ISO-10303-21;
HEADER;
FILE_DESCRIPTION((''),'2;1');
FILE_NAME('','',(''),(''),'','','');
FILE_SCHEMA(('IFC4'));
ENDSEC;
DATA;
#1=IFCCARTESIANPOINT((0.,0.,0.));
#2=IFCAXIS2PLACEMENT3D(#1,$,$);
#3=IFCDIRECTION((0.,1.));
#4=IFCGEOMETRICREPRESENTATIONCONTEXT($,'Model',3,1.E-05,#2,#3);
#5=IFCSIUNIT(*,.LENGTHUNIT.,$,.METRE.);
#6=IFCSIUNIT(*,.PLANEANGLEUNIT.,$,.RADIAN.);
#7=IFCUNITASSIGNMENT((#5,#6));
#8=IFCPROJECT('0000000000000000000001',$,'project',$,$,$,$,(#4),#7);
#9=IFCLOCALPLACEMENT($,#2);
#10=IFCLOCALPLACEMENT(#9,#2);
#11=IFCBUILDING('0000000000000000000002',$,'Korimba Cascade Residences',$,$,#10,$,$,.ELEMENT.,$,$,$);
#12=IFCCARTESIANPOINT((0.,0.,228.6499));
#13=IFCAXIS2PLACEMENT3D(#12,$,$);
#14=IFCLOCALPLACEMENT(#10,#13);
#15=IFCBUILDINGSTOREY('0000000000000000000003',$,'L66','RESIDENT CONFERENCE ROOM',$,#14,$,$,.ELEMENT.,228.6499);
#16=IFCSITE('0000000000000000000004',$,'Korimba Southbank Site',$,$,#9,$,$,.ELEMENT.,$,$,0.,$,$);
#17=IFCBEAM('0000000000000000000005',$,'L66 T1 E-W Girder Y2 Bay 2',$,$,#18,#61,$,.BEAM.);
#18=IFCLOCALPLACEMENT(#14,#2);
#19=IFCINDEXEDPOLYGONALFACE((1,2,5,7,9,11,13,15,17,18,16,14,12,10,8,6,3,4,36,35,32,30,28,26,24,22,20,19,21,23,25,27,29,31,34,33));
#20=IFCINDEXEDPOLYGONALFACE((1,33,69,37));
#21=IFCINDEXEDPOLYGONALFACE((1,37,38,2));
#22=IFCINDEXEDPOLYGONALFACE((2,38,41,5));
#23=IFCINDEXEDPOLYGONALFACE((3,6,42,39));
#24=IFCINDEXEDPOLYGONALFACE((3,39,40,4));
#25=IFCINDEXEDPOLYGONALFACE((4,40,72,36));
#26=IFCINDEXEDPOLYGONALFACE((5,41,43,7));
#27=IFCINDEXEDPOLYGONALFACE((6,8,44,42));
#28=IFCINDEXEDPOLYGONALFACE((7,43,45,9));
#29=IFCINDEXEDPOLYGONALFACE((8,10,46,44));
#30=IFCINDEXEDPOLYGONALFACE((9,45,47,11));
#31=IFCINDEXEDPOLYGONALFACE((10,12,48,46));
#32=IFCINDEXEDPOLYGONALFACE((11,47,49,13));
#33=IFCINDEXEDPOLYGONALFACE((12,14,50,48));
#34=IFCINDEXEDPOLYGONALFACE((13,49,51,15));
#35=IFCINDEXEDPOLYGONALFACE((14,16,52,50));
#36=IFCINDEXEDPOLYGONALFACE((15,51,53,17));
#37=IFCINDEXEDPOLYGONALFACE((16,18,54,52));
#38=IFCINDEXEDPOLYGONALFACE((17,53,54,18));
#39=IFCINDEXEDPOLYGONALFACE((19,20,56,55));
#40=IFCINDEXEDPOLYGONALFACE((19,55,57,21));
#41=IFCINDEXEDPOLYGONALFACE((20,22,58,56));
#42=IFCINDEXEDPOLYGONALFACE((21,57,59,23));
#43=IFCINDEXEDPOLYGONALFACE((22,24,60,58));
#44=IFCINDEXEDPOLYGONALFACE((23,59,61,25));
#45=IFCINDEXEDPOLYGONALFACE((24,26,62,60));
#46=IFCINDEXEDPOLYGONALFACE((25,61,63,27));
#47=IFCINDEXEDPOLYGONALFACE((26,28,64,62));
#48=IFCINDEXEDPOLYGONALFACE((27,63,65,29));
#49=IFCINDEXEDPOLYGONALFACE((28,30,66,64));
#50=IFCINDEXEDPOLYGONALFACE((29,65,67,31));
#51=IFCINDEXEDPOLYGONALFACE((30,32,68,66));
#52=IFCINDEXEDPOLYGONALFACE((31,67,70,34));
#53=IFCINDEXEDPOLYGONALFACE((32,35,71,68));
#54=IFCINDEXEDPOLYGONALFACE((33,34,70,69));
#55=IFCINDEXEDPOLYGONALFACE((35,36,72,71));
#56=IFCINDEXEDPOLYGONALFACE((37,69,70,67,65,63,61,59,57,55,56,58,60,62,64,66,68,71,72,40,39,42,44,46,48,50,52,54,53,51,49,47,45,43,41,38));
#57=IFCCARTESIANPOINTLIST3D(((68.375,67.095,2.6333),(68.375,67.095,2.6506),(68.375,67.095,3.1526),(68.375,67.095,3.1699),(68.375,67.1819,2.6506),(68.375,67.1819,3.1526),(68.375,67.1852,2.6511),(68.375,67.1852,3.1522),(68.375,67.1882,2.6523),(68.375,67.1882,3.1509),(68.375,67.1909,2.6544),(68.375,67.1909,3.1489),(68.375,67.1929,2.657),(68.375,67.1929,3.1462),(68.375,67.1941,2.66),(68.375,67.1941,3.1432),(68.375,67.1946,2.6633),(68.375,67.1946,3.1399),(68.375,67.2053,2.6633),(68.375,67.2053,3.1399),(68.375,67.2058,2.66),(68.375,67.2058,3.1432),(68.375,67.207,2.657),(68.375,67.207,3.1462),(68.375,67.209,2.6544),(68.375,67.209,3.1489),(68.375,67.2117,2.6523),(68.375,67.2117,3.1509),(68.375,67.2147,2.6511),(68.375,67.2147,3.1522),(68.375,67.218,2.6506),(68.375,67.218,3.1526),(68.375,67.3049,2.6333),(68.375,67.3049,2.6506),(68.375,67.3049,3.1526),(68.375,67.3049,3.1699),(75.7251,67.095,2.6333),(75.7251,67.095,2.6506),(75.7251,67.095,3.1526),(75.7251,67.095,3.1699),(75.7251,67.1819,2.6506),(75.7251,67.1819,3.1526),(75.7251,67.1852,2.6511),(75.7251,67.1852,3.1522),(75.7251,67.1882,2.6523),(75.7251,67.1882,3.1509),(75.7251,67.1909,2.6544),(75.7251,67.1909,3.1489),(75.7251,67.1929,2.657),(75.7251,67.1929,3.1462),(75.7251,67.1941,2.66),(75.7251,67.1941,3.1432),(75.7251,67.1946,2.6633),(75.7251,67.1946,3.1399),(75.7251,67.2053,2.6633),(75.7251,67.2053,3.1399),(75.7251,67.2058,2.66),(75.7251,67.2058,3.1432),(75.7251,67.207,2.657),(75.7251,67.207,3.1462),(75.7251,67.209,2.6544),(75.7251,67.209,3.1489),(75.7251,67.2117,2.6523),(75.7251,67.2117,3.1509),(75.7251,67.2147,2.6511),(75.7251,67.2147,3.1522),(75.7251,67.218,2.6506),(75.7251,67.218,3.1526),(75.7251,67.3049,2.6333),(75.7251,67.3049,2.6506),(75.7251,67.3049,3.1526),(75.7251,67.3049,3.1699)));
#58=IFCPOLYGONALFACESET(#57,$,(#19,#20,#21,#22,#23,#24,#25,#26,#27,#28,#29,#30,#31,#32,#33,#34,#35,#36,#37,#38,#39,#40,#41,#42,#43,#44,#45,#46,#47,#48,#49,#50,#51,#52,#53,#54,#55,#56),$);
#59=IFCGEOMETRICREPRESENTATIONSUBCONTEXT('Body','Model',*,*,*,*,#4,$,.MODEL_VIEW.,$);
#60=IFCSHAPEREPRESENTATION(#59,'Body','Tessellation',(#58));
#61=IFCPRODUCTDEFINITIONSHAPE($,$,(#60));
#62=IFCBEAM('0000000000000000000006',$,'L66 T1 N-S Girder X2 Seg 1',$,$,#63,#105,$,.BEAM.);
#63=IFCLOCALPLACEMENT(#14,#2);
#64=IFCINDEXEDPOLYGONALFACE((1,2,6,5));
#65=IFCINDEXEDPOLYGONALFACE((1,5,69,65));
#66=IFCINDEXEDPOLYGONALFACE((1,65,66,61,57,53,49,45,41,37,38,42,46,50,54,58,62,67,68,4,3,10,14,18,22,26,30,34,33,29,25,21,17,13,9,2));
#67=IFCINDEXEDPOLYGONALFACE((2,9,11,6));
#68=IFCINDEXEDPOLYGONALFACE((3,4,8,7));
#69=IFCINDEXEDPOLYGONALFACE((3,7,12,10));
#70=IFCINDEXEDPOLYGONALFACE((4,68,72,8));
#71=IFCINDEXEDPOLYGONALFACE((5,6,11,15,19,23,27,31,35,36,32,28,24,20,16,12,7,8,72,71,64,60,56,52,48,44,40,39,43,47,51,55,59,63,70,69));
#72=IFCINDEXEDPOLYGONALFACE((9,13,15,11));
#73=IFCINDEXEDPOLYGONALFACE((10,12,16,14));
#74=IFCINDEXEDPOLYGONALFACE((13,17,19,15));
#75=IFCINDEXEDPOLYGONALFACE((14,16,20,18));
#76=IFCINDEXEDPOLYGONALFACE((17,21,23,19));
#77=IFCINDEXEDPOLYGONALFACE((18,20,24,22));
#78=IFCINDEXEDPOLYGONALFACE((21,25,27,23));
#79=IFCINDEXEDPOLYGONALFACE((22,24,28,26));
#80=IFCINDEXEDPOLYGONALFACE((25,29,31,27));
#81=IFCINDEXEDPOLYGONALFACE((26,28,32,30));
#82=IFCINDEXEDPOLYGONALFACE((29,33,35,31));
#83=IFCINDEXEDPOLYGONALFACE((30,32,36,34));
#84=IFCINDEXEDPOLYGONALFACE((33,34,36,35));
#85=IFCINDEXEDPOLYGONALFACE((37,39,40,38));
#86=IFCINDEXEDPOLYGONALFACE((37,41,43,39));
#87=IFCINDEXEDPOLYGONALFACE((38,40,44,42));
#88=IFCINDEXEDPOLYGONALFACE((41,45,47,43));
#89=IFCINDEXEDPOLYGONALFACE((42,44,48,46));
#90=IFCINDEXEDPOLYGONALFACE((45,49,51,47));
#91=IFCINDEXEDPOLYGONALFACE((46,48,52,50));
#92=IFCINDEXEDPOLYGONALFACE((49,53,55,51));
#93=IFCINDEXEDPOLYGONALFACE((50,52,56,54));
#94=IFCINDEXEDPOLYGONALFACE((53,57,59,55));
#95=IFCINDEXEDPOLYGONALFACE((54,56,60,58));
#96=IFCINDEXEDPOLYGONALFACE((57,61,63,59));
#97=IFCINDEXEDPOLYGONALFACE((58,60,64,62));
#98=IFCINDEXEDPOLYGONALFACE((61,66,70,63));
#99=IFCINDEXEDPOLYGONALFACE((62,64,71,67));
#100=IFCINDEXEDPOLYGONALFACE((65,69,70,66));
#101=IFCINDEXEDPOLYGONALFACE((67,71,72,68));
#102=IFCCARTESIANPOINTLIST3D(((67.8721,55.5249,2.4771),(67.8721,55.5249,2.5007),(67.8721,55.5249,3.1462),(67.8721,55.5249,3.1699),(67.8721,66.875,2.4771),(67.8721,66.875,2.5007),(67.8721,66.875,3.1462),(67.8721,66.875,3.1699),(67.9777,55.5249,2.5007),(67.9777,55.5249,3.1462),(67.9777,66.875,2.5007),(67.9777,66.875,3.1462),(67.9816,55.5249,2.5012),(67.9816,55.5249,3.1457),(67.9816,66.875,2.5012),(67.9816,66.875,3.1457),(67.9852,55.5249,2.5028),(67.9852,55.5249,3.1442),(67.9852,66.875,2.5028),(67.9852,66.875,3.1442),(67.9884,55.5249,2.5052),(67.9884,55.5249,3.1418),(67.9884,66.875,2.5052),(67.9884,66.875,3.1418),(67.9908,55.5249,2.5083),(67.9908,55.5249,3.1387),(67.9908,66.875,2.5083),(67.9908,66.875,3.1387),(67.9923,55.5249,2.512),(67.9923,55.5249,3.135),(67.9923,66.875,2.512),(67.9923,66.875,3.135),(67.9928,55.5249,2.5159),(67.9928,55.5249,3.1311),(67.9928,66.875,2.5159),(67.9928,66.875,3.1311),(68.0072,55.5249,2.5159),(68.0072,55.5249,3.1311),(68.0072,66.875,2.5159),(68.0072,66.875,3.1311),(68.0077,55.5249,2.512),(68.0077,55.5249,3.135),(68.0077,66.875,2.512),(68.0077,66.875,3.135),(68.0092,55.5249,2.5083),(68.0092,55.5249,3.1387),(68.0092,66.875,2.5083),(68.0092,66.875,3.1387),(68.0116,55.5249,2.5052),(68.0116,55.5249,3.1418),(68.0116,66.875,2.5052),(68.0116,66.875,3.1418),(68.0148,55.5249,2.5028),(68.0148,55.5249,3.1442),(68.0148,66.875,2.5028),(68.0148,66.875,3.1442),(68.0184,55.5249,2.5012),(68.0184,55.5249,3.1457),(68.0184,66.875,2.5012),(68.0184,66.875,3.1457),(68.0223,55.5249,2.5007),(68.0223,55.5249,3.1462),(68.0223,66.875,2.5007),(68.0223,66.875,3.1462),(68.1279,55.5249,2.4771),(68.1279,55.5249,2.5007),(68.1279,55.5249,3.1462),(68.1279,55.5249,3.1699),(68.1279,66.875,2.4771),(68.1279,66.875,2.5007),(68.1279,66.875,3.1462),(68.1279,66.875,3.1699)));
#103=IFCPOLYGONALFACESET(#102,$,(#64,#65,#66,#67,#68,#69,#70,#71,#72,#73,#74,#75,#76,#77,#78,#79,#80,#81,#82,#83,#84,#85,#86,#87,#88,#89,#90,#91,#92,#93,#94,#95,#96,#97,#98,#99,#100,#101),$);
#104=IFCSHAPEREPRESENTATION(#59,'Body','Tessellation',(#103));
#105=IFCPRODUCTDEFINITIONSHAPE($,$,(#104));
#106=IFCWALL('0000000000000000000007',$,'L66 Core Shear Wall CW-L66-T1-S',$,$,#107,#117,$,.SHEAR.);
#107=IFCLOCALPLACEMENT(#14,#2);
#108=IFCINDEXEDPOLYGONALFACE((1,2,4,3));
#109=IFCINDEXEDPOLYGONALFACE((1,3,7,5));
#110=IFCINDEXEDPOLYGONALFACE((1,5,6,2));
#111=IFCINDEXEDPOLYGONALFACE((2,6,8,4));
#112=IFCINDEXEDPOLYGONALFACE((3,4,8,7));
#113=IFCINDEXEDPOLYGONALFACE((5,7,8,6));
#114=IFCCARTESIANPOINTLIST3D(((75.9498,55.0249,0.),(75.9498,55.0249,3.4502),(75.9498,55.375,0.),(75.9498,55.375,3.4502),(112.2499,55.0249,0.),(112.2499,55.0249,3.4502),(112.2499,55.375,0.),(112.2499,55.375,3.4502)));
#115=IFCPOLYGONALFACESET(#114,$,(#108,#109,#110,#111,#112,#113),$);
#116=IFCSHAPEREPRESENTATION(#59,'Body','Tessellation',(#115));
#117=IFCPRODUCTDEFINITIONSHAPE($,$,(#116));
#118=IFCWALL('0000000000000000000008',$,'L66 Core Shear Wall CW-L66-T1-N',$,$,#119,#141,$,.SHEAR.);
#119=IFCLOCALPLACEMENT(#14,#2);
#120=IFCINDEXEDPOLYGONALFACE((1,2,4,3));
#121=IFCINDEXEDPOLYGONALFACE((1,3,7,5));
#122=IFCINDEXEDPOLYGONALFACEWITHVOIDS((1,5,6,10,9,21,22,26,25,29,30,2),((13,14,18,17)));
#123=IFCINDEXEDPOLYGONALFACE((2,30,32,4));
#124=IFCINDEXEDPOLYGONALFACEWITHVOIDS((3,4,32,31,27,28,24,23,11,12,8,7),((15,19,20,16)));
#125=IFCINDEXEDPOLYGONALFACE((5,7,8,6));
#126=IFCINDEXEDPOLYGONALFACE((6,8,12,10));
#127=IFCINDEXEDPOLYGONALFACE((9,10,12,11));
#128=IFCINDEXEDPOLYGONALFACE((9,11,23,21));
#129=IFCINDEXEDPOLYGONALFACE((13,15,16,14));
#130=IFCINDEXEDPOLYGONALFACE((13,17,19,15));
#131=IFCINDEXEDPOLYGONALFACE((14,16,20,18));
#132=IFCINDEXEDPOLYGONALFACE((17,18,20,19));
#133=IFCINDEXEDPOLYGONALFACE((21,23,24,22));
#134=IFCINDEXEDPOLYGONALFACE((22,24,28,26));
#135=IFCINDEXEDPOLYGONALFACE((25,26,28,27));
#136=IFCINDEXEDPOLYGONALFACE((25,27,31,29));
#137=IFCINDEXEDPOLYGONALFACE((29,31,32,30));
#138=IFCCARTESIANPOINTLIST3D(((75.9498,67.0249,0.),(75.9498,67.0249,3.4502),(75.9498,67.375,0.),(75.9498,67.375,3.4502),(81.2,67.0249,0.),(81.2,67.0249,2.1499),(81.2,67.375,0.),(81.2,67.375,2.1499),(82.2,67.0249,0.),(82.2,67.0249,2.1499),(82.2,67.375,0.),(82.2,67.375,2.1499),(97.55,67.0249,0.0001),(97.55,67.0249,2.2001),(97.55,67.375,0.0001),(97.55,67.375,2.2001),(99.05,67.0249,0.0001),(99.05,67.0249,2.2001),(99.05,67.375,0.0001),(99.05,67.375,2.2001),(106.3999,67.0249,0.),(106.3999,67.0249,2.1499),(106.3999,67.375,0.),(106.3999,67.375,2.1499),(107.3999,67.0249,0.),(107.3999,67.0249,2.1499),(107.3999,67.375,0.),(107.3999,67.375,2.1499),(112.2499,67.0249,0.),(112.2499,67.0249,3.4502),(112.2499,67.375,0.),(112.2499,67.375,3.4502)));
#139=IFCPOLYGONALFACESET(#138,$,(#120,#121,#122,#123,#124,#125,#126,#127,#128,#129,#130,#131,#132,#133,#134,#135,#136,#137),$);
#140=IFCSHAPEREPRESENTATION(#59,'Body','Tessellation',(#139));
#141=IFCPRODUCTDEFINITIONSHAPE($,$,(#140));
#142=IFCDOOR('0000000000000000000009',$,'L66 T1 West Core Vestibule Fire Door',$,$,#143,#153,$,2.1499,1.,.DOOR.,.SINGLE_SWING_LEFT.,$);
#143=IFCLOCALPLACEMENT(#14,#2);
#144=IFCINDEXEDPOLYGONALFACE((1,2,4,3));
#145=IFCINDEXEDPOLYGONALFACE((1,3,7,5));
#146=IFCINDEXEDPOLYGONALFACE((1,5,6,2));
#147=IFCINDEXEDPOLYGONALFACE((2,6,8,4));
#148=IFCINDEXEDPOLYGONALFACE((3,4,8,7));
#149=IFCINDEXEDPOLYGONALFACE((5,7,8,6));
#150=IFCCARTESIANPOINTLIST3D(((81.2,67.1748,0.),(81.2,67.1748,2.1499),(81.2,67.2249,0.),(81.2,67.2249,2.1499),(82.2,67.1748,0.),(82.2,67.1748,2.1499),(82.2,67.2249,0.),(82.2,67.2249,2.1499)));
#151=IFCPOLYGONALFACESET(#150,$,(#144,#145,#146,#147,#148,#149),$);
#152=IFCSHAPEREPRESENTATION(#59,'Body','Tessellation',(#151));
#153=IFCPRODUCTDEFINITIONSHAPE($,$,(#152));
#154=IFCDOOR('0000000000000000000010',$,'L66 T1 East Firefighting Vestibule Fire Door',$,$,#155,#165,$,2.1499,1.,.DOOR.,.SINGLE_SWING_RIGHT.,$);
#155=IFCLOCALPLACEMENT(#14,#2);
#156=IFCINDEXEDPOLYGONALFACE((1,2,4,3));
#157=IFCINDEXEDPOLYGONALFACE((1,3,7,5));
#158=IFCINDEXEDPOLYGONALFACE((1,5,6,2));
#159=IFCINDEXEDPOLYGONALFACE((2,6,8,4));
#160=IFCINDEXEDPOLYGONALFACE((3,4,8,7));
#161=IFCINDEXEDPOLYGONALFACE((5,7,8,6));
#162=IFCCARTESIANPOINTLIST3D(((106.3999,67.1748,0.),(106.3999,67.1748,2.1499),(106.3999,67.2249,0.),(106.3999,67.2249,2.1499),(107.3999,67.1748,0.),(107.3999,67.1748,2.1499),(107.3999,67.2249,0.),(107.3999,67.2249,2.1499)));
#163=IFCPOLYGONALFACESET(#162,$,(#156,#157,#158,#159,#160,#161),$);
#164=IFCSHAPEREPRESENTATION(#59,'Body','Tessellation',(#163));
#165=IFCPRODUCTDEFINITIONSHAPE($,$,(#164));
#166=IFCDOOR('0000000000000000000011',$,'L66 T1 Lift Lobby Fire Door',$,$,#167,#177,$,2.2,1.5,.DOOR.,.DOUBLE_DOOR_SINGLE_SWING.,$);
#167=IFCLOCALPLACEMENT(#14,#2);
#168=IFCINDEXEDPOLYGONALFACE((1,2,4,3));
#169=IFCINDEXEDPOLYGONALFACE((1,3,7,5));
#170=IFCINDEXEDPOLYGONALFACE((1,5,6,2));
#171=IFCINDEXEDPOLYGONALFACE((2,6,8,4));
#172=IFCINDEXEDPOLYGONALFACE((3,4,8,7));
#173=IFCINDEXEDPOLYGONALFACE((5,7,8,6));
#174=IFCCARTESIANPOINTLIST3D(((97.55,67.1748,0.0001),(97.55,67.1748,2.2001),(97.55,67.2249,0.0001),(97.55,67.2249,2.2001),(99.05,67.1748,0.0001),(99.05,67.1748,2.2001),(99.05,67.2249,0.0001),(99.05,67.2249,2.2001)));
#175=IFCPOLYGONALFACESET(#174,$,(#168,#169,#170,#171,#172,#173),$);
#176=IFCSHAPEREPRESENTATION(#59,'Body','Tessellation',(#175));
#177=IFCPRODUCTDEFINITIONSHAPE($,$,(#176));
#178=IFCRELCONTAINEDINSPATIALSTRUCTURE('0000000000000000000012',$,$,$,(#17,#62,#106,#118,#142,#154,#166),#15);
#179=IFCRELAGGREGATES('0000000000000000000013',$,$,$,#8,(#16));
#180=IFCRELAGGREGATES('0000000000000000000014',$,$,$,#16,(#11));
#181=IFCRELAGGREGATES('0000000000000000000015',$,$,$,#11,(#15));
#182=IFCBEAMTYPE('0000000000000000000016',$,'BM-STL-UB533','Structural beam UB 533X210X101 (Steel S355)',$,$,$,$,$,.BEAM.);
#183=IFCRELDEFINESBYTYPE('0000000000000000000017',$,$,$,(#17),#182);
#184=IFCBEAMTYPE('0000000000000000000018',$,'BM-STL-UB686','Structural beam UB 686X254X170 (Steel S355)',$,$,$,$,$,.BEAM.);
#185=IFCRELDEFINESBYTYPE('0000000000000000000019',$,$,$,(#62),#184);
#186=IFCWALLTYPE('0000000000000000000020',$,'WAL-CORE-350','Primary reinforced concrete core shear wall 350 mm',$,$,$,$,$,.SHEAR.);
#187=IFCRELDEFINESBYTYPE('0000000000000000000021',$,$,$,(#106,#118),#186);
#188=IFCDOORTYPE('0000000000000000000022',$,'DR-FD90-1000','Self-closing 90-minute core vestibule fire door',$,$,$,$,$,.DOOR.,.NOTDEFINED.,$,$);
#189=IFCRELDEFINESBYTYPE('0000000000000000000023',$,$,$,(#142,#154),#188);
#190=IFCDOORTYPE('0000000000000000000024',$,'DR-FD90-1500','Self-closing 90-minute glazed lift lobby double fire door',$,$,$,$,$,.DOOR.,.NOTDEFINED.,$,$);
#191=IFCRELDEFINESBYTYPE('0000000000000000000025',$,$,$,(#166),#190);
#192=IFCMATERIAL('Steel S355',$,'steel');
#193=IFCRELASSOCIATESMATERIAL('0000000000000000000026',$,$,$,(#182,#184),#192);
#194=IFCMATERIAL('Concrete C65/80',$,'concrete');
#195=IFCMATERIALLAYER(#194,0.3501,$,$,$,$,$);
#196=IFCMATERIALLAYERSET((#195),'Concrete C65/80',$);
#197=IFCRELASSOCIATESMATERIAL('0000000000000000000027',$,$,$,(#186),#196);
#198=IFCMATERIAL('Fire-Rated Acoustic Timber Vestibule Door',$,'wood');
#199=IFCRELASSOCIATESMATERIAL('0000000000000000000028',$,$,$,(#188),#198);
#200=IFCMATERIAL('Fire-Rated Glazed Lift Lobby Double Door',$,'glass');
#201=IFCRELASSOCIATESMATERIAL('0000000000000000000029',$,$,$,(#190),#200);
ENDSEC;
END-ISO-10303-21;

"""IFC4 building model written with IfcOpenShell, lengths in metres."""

from ifc_helpers import new_model, si_unit, direction, frame, frame_2d, origin, origin_2d, place, context, subcontext, project, spatial, rectangle, i_section, extrude, material, layer, layer_set, material_profile, profile_set, type_object, element, fill, save


model = new_model("IFC4")

# Units and contexts
model_context = context("Model", 3, precision=1e-05, world=origin(), true_north=direction((0.0, 1.0)))
body_context = subcontext(model_context, "Body", "Model", "MODEL_VIEW")
ifc_project = project(units=[si_unit("LENGTHUNIT", "METRE"), si_unit("PLANEANGLEUNIT", "RADIAN")], contexts=[model_context])

# Site, building, storey
site_placement = place(None, origin())
site = spatial("IfcSite", under=ifc_project, at=site_placement, Name="Korimba Southbank Site", CompositionType="ELEMENT", RefElevation=0.0)
building_placement = place(site_placement, origin())
building = spatial("IfcBuilding", under=site, at=building_placement, Name="Korimba Cascade Residences", CompositionType="ELEMENT")
storey_placement = place(building_placement, frame((0.0, 0.0, 228.6499)))
storey = spatial("IfcBuildingStorey", under=building, at=storey_placement, Name="L66", Description="RESIDENT CONFERENCE ROOM", CompositionType="ELEMENT", Elevation=228.6499)

# Beams
ifc_material_1 = material(Name="Steel S355", Category="steel")
ifc_material_profile_1 = material_profile(ifc_material_1, i_section(OverallWidth=0.21, OverallDepth=0.5366, WebThickness=0.0107, FlangeThickness=0.0173, FilletRadius=0.0127, at=origin_2d()), Name="Steel S355")
ifc_profile_set_1 = profile_set([ifc_material_profile_1], Name="Steel S355")
beam_type_1 = type_object("IfcBeamType", Name="BM-STL-UB533", Description="Structural beam UB 533X210X101 (Steel S355)", PredefinedType="BEAM", material=ifc_profile_set_1)
beam_1_placement = place(storey_placement, frame((68.375, 67.2, 2.9016), z_axis=(1.0, 0.0, 0.0), x_axis=(0.0, 1.0, 0.0)))
element("IfcBeam", 1, at=beam_1_placement, inside=storey, type_object=beam_type_1, Name="L66 T1 E-W Girder Y2 Bay 2", PredefinedType="BEAM", context=body_context, shape_type="SweptSolid", body=[
    extrude(i_section(OverallWidth=0.21, OverallDepth=0.5366, WebThickness=0.0107, FlangeThickness=0.0173, FilletRadius=0.0127, at=origin_2d()), origin(), (0.0, 0.0, 1.0), 7.3501),
])
ifc_material_profile_2 = material_profile(ifc_material_1, i_section(OverallWidth=0.2559, OverallDepth=0.6929, WebThickness=0.0144, FlangeThickness=0.0237, FilletRadius=0.0151, at=origin_2d()), Name="Steel S355")
ifc_profile_set_2 = profile_set([ifc_material_profile_2], Name="Steel S355")
beam_type_2 = type_object("IfcBeamType", Name="BM-STL-UB686", Description="Structural beam UB 686X254X170 (Steel S355)", PredefinedType="BEAM", material=ifc_profile_set_2)
beam_2_placement = place(storey_placement, frame((68.0, 55.5249, 2.8235), z_axis=(0.0, 1.0, 0.0), x_axis=(-1.0, 0.0, 0.0)))
element("IfcBeam", 2, at=beam_2_placement, inside=storey, type_object=beam_type_2, Name="L66 T1 N-S Girder X2 Seg 1", PredefinedType="BEAM", context=body_context, shape_type="SweptSolid", body=[
    extrude(i_section(OverallWidth=0.2559, OverallDepth=0.6929, WebThickness=0.0144, FlangeThickness=0.0237, FilletRadius=0.0151, at=origin_2d()), origin(), (0.0, 0.0, 1.0), 11.3501),
])

# Wall
ifc_material_2 = material(Name="Concrete C65/80", Category="concrete")
ifc_layer_1 = layer(ifc_material_2, 0.3501)
ifc_layer_set_1 = layer_set([ifc_layer_1], Name="Concrete C65/80")
wall_type_1 = type_object("IfcWallType", Name="WAL-CORE-350", Description="Primary reinforced concrete core shear wall 350 mm", PredefinedType="SHEAR", material=ifc_layer_set_1)
wall_1_placement = place(storey_placement, frame((75.95, 55.2, 0.0), z_axis=(0.0, 0.0, 1.0), x_axis=(1.0, 0.0, 0.0)))
element("IfcWall", 3, at=wall_1_placement, inside=storey, type_object=wall_type_1, Name="L66 Core Shear Wall CW-L66-T1-S", PredefinedType="SHEAR", context=body_context, shape_type="SweptSolid", body=[
    extrude(rectangle(XDim=36.3, YDim=0.3501, at=frame_2d((18.1499, 0.0))), origin(), (0.0, 0.0, 1.0), 3.4502),
])

# Wall, openings, doors
wall_2_placement = place(storey_placement, frame((75.95, 67.2, 0.0), z_axis=(0.0, 0.0, 1.0), x_axis=(1.0, 0.0, 0.0)))
wall_2 = element("IfcWall", 4, at=wall_2_placement, inside=storey, type_object=wall_type_1, Name="L66 Core Shear Wall CW-L66-T1-N", PredefinedType="SHEAR", context=body_context, shape_type="SweptSolid", body=[
    extrude(rectangle(XDim=36.3, YDim=0.3501, at=frame_2d((18.1499, 0.0))), origin(), (0.0, 0.0, 1.0), 3.4502),
])
opening_1_placement = place(wall_2_placement, frame((5.25, 0.0, 0.0)))
opening_1 = element("IfcOpeningElement", 5, at=opening_1_placement, cuts=wall_2, PredefinedType="OPENING", context=body_context, shape_type="SweptSolid", body=[
    extrude(rectangle(XDim=1.0, YDim=2.1499, at=frame_2d((0.5, 1.075))), frame((0.0, 0.1851, 0.0), z_axis=(0.0, -1.0, 0.0), x_axis=(1.0, 0.0, 0.0)), (0.0, 0.0, 1.0), 0.3701),
])
opening_2_placement = place(wall_2_placement, frame((21.6001, 0.0, 0.0)))
opening_2 = element("IfcOpeningElement", 6, at=opening_2_placement, cuts=wall_2, PredefinedType="OPENING", context=body_context, shape_type="SweptSolid", body=[
    extrude(rectangle(XDim=1.5, YDim=2.2, at=frame_2d((0.75, 1.1001))), frame((0.0, 0.1851, 0.0), z_axis=(0.0, -1.0, 0.0), x_axis=(1.0, 0.0, 0.0)), (0.0, 0.0, 1.0), 0.3701),
])
opening_3_placement = place(wall_2_placement, frame((30.45, 0.0, 0.0)))
opening_3 = element("IfcOpeningElement", 7, at=opening_3_placement, cuts=wall_2, PredefinedType="OPENING", context=body_context, shape_type="SweptSolid", body=[
    extrude(rectangle(XDim=1.0, YDim=2.1499, at=frame_2d((0.5, 1.075))), frame((0.0, 0.1851, 0.0), z_axis=(0.0, -1.0, 0.0), x_axis=(1.0, 0.0, 0.0)), (0.0, 0.0, 1.0), 0.3701),
])
ifc_material_3 = material(Name="Fire-Rated Acoustic Timber Vestibule Door", Category="wood")
door_type_1 = type_object("IfcDoorType", Name="DR-FD90-1000", Description="Self-closing 90-minute core vestibule fire door", OperationType="NOTDEFINED", PredefinedType="DOOR", material=ifc_material_3)
door_1_placement = place(opening_1_placement, origin())
door_1 = element("IfcDoor", 8, at=door_1_placement, inside=storey, type_object=door_type_1, Name="L66 T1 West Core Vestibule Fire Door", OperationType="SINGLE_SWING_LEFT", OverallHeight=2.1499, OverallWidth=1.0, PredefinedType="DOOR", context=body_context, shape_type="SweptSolid", body=[
    extrude(rectangle(XDim=1.0, YDim=2.1499, at=frame_2d((0.5, 1.075))), frame((0.0, 0.0249, 0.0), z_axis=(0.0, -1.0, 0.0), x_axis=(1.0, 0.0, 0.0)), (0.0, 0.0, 1.0), 0.05),
])
fill(opening_1, door_1)
door_2_placement = place(opening_3_placement, origin())
door_2 = element("IfcDoor", 9, at=door_2_placement, inside=storey, type_object=door_type_1, Name="L66 T1 East Firefighting Vestibule Fire Door", OperationType="SINGLE_SWING_RIGHT", OverallHeight=2.1499, OverallWidth=1.0, PredefinedType="DOOR", context=body_context, shape_type="SweptSolid", body=[
    extrude(rectangle(XDim=1.0, YDim=2.1499, at=frame_2d((0.5, 1.075))), frame((0.0, 0.0249, 0.0), z_axis=(0.0, -1.0, 0.0), x_axis=(1.0, 0.0, 0.0)), (0.0, 0.0, 1.0), 0.05),
])
fill(opening_3, door_2)
ifc_material_4 = material(Name="Fire-Rated Glazed Lift Lobby Double Door", Category="glass")
door_type_2 = type_object("IfcDoorType", Name="DR-FD90-1500", Description="Self-closing 90-minute glazed lift lobby double fire door", OperationType="NOTDEFINED", PredefinedType="DOOR", material=ifc_material_4)
door_3_placement = place(opening_2_placement, origin())
door_3 = element("IfcDoor", 10, at=door_3_placement, inside=storey, type_object=door_type_2, Name="L66 T1 Lift Lobby Fire Door", OperationType="DOUBLE_DOOR_SINGLE_SWING", OverallHeight=2.2, OverallWidth=1.5, PredefinedType="DOOR", context=body_context, shape_type="SweptSolid", body=[
    extrude(rectangle(XDim=1.5, YDim=2.2, at=frame_2d((0.75, 1.1001))), frame((0.0, 0.0249, 0.0), z_axis=(0.0, -1.0, 0.0), x_axis=(1.0, 0.0, 0.0)), (0.0, 0.0, 1.0), 0.05),
])
fill(opening_2, door_3)

save(model, "model.ifc")
